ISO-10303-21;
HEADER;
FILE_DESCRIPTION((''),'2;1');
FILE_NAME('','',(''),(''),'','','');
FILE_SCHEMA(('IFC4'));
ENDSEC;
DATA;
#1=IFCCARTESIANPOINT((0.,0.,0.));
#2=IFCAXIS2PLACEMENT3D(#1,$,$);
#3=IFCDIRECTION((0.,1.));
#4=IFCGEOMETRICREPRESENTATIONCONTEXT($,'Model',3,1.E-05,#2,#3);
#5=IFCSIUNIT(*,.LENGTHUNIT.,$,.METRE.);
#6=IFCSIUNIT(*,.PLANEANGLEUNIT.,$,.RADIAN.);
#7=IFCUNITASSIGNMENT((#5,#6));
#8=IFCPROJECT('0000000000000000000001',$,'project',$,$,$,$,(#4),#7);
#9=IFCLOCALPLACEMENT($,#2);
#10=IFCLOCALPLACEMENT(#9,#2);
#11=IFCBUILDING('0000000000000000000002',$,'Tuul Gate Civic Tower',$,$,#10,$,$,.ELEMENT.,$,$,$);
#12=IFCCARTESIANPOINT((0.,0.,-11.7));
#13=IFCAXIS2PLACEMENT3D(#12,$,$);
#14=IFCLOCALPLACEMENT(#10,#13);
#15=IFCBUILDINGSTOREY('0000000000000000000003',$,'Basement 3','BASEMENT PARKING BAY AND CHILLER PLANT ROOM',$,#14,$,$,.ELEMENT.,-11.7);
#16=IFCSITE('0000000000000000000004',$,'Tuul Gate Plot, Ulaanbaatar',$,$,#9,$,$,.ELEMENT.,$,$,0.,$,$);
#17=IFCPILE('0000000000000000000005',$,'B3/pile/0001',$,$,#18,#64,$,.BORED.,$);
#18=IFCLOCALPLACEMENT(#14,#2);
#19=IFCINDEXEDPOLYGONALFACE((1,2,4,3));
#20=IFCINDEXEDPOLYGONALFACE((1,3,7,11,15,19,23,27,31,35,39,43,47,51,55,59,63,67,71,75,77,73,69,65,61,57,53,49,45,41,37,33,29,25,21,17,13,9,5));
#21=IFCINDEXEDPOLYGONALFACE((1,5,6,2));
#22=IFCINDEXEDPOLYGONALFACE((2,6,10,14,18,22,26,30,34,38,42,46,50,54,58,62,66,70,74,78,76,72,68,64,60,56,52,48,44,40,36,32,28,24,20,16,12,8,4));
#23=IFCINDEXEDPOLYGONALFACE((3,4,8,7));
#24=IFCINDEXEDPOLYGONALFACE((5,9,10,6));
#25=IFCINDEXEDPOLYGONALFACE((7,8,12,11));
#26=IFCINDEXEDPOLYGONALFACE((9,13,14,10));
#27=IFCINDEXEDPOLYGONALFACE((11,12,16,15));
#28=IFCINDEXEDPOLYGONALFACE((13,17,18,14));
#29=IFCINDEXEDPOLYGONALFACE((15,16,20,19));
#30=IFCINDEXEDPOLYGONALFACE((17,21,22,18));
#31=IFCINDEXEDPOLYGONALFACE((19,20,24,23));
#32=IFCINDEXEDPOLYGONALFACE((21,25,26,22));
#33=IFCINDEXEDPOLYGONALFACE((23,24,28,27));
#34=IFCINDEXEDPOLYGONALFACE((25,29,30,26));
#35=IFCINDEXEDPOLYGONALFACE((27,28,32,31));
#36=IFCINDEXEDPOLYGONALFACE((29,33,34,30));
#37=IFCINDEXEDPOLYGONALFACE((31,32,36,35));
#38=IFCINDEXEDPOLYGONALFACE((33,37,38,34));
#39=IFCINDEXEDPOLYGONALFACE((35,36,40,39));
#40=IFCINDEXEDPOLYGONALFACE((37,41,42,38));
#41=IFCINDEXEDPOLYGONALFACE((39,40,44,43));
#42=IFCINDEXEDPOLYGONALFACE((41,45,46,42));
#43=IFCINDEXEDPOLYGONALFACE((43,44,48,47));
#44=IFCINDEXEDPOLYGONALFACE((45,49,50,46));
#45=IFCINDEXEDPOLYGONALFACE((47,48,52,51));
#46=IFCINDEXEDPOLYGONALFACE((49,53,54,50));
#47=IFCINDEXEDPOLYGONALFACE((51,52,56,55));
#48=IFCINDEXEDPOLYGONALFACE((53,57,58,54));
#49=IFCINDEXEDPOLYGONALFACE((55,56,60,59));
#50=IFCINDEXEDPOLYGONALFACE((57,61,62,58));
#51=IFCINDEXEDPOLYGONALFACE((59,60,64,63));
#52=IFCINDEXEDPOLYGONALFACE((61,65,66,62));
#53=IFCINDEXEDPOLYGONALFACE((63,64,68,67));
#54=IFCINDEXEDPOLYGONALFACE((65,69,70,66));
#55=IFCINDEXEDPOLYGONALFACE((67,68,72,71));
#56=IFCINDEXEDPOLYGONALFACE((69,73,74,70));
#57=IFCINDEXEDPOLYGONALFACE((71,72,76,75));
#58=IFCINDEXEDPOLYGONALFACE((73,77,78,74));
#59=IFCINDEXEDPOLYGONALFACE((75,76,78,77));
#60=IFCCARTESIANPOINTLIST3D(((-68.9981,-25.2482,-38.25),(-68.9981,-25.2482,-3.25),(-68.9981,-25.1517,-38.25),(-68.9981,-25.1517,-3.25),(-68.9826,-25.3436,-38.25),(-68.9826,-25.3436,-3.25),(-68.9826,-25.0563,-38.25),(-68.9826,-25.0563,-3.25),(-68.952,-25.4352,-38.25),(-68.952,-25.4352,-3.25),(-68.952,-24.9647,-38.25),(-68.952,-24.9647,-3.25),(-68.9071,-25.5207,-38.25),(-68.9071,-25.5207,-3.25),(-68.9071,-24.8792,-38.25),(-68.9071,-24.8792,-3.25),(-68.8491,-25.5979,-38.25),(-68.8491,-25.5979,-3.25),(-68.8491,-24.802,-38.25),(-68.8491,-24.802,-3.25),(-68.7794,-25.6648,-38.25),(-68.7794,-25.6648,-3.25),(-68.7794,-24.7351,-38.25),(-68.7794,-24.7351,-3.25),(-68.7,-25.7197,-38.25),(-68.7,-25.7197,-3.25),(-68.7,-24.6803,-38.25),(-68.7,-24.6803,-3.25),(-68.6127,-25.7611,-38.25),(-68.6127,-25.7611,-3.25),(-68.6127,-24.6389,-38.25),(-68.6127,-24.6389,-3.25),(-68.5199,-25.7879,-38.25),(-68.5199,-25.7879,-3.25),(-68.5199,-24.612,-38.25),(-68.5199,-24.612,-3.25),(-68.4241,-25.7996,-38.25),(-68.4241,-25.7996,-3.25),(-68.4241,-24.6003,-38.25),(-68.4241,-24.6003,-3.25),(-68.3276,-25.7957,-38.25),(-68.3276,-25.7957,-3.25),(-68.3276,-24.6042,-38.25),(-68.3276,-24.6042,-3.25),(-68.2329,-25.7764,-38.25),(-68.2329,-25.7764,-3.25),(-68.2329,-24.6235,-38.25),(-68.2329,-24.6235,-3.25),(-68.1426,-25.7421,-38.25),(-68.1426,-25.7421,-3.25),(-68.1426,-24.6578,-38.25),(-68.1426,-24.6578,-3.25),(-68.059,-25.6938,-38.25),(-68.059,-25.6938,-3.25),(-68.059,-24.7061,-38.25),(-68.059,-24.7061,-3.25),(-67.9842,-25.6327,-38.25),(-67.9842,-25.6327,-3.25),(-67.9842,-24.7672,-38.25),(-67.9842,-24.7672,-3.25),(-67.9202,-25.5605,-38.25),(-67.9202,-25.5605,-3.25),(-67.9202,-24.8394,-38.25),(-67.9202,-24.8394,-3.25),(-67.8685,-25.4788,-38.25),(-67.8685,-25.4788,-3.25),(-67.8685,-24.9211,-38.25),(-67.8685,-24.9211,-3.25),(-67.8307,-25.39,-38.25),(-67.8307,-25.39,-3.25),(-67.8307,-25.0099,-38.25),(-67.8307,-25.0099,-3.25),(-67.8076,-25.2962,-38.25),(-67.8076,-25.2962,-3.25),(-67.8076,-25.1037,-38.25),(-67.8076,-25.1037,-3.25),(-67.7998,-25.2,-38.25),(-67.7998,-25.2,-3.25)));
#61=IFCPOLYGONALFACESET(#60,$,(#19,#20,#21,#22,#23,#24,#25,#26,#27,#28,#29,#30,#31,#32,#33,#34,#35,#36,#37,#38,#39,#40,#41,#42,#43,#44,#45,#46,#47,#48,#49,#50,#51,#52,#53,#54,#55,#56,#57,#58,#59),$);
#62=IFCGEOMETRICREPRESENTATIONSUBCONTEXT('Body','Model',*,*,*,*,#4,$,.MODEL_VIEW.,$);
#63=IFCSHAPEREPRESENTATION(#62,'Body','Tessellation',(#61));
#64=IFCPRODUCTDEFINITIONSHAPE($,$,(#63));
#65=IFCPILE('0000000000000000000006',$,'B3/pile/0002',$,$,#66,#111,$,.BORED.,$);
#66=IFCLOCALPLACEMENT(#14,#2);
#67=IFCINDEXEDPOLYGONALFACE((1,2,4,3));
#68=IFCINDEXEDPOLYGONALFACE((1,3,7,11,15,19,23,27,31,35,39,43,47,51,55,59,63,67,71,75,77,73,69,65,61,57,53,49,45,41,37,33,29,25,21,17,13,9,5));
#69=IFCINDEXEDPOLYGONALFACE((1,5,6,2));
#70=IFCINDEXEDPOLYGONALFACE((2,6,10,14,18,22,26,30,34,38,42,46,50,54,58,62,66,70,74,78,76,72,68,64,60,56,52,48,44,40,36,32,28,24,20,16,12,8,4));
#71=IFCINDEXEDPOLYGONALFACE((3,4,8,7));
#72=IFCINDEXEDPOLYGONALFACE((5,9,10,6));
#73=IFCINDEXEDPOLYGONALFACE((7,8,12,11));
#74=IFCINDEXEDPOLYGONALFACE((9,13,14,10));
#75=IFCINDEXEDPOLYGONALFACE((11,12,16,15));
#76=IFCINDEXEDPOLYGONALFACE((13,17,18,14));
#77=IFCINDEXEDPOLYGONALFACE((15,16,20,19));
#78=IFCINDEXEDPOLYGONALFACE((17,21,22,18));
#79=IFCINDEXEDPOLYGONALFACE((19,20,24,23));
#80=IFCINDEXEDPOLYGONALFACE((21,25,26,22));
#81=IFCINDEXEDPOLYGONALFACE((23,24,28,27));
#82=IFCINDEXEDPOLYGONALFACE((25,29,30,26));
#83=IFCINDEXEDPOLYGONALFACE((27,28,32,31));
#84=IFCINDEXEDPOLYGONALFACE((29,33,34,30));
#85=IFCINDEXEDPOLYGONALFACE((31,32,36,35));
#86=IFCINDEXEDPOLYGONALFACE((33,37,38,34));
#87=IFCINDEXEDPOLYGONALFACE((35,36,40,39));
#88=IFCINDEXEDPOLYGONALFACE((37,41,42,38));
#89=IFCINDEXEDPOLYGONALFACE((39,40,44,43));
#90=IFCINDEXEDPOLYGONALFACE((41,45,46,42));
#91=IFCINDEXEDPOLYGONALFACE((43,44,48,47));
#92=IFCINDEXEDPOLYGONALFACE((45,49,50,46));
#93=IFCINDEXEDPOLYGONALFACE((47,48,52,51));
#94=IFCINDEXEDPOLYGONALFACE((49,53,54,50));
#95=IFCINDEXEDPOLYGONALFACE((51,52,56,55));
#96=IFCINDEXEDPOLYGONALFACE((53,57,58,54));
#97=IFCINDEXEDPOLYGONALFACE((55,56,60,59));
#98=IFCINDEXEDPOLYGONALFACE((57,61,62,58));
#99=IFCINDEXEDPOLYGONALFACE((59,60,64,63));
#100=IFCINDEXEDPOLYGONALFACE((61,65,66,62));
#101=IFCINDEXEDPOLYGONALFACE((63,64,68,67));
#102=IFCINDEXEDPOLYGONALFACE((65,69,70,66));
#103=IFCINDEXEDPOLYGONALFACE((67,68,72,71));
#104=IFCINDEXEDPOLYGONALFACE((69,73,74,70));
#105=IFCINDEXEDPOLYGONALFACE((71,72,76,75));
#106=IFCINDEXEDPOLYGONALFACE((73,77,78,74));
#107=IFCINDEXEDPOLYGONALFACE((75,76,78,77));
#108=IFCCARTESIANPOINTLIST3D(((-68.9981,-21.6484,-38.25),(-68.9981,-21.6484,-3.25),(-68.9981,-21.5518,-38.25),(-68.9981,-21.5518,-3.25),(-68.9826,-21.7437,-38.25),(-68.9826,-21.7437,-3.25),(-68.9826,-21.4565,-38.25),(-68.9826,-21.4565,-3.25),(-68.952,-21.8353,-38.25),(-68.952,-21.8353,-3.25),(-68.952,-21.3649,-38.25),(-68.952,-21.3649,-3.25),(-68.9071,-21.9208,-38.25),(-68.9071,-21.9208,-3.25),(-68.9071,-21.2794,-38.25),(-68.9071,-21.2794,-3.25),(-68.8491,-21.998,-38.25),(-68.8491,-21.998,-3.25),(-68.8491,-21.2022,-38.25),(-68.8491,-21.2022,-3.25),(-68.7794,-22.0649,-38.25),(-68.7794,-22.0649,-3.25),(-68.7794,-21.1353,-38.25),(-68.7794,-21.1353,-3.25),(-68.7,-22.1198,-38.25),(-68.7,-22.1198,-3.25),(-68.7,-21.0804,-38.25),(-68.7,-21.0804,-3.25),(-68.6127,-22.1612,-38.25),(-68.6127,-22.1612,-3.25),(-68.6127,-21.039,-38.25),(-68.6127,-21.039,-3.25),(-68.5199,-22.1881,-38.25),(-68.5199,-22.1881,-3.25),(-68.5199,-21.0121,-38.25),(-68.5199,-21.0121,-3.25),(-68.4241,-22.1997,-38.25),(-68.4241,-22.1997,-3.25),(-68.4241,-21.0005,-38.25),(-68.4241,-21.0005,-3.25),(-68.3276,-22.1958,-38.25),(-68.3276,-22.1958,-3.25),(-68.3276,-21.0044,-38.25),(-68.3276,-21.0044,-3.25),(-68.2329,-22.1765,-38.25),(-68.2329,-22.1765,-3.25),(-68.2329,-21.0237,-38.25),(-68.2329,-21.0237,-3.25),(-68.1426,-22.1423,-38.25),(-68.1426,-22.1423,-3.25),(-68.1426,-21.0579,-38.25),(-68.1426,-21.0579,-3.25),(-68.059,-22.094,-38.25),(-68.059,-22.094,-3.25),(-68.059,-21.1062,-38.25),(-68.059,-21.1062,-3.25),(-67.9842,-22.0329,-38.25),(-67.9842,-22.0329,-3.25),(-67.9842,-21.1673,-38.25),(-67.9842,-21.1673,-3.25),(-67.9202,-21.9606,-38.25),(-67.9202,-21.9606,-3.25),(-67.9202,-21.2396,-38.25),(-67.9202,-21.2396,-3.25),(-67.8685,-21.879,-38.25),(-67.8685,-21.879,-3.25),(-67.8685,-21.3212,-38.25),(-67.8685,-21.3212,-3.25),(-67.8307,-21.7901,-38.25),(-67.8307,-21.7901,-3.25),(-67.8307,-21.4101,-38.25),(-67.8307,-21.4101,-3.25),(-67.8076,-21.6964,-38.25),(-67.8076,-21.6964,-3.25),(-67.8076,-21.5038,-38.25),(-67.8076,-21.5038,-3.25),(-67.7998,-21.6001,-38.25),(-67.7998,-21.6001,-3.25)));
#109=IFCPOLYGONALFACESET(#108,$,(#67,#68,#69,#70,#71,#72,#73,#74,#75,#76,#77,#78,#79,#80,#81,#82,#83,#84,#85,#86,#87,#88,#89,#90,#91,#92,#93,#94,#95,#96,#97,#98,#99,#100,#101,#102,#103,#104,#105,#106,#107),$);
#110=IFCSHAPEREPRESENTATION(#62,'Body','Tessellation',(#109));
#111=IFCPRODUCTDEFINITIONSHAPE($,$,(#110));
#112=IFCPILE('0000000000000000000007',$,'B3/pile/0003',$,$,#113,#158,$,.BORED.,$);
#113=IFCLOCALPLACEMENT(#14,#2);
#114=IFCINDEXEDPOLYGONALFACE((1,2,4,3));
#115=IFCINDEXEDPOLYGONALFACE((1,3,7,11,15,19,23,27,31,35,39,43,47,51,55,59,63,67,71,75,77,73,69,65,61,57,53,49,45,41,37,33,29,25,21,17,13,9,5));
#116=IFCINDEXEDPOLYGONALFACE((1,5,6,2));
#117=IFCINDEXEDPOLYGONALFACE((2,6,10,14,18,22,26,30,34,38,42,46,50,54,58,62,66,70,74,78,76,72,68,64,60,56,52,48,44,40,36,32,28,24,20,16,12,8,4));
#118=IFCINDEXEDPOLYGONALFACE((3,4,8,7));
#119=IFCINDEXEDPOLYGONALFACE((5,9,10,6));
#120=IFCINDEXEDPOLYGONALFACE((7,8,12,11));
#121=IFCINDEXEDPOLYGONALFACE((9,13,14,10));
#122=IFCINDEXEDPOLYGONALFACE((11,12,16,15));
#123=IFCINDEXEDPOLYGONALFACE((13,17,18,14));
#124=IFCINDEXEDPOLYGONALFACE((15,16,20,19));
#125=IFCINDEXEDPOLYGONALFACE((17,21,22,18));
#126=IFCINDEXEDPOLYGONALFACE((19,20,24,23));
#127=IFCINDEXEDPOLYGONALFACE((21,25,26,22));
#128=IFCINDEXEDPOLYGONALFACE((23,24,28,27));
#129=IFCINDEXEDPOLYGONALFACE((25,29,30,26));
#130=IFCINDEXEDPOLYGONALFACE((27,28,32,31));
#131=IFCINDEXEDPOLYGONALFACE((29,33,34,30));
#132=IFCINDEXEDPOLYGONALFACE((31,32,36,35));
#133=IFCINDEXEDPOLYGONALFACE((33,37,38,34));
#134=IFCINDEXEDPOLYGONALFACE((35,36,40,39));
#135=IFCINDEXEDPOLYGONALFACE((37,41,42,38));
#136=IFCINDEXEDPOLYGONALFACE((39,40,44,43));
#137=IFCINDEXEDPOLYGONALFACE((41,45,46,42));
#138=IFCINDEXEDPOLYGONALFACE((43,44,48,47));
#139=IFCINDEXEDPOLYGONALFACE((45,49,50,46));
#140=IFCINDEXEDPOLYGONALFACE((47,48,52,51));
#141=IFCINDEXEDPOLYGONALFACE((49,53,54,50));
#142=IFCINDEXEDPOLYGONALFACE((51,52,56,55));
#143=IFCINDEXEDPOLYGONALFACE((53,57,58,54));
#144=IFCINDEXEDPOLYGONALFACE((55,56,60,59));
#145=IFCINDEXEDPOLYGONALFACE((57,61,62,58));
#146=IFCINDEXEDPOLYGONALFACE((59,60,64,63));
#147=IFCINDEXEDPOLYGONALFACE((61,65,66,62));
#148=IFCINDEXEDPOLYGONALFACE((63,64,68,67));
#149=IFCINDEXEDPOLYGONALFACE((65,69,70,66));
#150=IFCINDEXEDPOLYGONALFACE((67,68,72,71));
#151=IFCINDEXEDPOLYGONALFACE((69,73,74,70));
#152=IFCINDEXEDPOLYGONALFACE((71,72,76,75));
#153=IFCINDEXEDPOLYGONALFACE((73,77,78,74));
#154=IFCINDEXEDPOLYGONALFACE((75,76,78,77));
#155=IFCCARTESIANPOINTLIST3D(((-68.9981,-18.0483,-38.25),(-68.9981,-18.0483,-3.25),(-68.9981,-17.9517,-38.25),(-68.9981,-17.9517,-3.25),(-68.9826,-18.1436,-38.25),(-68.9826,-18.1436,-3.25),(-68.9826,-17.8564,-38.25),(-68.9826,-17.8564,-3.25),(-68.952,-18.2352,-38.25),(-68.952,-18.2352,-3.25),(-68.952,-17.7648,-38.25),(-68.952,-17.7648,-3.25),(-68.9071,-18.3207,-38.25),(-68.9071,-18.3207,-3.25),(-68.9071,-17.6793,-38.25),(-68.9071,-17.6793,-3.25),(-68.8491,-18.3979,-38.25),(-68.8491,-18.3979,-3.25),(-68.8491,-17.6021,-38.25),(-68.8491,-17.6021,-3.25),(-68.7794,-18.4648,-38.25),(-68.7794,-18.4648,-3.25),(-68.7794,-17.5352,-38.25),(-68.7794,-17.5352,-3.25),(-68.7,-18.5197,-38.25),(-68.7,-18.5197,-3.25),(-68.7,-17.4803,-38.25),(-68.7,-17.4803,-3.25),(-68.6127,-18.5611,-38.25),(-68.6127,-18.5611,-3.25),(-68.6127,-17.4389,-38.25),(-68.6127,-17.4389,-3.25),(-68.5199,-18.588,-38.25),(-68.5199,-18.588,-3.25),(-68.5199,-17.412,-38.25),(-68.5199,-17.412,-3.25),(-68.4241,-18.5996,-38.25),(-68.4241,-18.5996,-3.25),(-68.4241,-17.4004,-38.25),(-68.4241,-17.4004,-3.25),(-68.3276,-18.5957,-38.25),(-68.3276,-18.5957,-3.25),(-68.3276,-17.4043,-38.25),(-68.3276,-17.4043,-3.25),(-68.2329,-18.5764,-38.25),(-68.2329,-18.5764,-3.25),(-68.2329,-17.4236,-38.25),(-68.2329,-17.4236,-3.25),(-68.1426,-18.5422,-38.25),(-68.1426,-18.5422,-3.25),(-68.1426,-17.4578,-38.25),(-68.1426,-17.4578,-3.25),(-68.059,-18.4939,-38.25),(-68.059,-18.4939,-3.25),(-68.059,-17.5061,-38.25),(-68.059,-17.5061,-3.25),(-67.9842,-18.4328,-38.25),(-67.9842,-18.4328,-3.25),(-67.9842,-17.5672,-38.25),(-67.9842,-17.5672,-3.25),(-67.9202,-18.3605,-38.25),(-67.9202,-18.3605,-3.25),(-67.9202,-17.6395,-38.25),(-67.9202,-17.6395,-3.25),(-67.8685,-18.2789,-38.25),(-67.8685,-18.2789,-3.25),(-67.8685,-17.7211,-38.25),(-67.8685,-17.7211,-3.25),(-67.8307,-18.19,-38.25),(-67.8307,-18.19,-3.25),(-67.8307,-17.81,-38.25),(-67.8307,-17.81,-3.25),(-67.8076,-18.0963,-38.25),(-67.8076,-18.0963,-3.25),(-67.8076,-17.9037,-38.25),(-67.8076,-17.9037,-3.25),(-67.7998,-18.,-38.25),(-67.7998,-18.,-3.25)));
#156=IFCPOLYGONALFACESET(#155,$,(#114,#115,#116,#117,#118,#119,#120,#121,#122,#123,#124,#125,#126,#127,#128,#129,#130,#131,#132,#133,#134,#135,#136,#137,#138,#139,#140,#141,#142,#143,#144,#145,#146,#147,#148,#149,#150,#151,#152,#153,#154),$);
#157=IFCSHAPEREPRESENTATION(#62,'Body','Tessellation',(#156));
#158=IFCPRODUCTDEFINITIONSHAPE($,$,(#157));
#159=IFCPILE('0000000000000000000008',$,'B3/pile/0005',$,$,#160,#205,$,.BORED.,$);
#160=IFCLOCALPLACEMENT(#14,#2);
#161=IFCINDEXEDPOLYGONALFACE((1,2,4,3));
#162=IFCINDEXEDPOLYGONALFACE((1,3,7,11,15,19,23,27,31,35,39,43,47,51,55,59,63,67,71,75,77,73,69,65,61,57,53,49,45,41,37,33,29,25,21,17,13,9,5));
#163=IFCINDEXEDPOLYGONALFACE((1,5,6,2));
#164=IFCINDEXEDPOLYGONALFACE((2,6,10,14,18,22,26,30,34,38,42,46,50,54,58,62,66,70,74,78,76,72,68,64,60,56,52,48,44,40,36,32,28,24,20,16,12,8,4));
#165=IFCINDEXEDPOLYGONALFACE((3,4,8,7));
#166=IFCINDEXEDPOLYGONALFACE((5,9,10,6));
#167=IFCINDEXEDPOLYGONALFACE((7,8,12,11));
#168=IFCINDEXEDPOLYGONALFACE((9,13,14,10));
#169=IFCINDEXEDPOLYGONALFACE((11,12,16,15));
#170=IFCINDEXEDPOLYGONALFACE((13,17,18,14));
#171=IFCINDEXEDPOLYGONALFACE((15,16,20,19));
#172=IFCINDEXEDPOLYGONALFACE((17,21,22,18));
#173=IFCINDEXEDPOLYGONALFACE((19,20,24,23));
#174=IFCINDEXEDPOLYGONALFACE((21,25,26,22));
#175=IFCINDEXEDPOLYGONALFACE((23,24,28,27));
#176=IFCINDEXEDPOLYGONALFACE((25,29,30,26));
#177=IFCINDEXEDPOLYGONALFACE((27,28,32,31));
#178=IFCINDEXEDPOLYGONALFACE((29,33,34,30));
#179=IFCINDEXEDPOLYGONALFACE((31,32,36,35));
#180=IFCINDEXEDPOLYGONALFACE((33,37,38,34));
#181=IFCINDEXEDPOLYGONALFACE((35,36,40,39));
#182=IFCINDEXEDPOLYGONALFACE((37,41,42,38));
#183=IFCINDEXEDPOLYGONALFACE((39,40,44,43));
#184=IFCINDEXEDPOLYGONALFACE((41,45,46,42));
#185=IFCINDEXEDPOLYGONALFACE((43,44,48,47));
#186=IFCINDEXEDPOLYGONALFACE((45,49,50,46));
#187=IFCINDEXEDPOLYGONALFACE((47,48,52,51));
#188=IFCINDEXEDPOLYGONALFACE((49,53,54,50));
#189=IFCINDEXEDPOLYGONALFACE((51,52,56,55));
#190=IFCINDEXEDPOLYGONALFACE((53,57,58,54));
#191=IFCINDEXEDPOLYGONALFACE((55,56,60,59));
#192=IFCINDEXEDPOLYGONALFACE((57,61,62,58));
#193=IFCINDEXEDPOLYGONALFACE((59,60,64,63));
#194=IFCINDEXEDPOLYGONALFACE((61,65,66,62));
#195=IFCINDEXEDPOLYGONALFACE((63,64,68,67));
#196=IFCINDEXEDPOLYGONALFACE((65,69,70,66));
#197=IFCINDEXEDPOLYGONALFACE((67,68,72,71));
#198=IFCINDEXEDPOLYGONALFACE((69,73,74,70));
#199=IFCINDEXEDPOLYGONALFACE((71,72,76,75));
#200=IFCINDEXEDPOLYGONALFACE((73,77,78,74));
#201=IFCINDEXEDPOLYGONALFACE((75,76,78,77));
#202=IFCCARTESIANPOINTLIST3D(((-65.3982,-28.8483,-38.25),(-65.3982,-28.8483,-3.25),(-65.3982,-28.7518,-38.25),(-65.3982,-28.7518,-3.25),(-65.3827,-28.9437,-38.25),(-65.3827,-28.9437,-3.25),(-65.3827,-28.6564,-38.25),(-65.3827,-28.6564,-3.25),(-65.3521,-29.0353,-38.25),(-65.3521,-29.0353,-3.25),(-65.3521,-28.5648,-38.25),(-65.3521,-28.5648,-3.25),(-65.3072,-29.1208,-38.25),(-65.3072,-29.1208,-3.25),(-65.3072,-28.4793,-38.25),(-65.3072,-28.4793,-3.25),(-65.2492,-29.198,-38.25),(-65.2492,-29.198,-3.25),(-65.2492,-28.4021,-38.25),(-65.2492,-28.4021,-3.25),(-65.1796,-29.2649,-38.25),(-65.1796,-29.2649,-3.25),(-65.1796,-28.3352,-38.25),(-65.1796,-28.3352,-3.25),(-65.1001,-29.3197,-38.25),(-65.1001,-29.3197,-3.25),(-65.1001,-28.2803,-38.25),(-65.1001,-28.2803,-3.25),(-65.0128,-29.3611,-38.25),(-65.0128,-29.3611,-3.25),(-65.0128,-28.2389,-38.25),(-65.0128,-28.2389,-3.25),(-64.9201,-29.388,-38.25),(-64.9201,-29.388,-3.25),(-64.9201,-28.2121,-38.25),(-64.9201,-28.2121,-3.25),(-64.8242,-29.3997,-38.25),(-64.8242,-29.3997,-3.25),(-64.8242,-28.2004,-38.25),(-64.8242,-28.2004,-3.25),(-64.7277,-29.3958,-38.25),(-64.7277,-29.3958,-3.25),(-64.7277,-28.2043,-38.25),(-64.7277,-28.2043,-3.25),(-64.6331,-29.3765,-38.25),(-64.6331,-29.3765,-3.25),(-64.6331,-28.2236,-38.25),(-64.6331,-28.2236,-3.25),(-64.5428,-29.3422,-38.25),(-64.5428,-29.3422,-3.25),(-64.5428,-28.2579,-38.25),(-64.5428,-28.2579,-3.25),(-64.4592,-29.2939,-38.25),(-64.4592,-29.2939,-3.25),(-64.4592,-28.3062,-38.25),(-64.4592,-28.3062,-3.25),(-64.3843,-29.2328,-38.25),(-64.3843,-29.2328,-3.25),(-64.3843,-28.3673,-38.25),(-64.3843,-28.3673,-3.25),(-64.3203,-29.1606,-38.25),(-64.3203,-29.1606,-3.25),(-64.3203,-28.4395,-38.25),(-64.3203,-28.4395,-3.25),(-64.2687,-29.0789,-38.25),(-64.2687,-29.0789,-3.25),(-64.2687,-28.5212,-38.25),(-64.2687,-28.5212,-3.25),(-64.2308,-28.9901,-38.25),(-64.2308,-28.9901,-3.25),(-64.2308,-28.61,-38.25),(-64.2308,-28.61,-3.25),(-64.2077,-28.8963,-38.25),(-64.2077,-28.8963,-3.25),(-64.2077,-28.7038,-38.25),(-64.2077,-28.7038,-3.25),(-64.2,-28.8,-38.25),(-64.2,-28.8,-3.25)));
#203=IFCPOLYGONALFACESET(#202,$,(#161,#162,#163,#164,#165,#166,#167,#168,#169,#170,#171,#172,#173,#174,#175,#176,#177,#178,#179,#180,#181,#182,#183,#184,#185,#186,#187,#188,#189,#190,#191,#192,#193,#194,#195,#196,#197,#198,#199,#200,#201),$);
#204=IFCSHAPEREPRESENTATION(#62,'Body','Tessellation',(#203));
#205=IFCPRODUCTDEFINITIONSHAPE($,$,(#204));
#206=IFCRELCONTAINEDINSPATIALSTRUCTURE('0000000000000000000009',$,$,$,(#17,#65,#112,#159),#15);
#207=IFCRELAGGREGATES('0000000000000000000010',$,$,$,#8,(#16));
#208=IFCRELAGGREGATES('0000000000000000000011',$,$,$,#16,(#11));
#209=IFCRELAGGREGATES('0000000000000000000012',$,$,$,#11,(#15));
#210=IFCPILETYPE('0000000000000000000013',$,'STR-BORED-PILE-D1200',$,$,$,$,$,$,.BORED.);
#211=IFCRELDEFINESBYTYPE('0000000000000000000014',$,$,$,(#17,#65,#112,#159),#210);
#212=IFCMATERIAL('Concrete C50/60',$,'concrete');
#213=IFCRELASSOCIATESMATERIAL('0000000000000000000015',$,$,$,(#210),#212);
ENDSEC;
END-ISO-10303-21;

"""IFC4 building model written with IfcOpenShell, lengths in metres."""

from ifc_helpers import new_model, si_unit, direction, frame, origin, origin_2d, place, context, subcontext, project, spatial, circle, extrude, material, material_profile, profile_set, type_object, element, save


model = new_model("IFC4")

# Units and contexts
model_context = context("Model", 3, precision=1e-05, world=origin(), true_north=direction((0.0, 1.0)))
body_context = subcontext(model_context, "Body", "Model", "MODEL_VIEW")
ifc_project = project(units=[si_unit("LENGTHUNIT", "METRE"), si_unit("PLANEANGLEUNIT", "RADIAN")], contexts=[model_context])

# Site, building, storey
site_placement = place(None, origin())
site = spatial("IfcSite", under=ifc_project, at=site_placement, Name="Tuul Gate Plot, Ulaanbaatar", CompositionType="ELEMENT", RefElevation=0.0)
building_placement = place(site_placement, origin())
building = spatial("IfcBuilding", under=site, at=building_placement, Name="Tuul Gate Civic Tower", CompositionType="ELEMENT")
storey_placement = place(building_placement, frame((0.0, 0.0, -11.7)))
storey = spatial("IfcBuildingStorey", under=building, at=storey_placement, Name="Basement 3", Description="BASEMENT PARKING BAY AND CHILLER PLANT ROOM", CompositionType="ELEMENT", Elevation=-11.7)

# Piles
ifc_material_1 = material(Name="Concrete C50/60", Category="concrete")
ifc_material_profile_1 = material_profile(ifc_material_1, circle(Radius=0.6001, at=origin_2d()), Name="PILE1200")
ifc_profile_set_1 = profile_set([ifc_material_profile_1], Name="Concrete C50/60")
pile_type = type_object("IfcPileType", Name="STR-BORED-PILE-D1200", PredefinedType="BORED", material=ifc_profile_set_1)
for number, where, z_axis, x_axis, name in (
    (1, (-68.3999, -25.2, -3.25), (0.0, 0.0, -1.0), (1.0, 0.0, 0.0), "B3/pile/0001"),
    (2, (-68.3999, -21.6001, -3.25), (0.0, 0.0, -1.0), (1.0, 0.0, 0.0), "B3/pile/0002"),
    (3, (-68.3999, -18.0, -3.25), (0.0, 0.0, -1.0), (1.0, 0.0, 0.0), "B3/pile/0003"),
    (4, (-64.8, -28.8, -3.25), (0.0, 0.0, -1.0), (1.0, 0.0, 0.0), "B3/pile/0005"),
):
    element("IfcPile", number, at=place(storey_placement, frame(where, z_axis=z_axis, x_axis=x_axis)), inside=storey, type_object=pile_type, Name=name, PredefinedType="BORED", context=body_context, shape_type="SweptSolid", body=[
        extrude(circle(Radius=0.6001, at=origin_2d()), origin(), (0.0, 0.0, 1.0), 35.0),
    ])

save(model, "model.ifc")
